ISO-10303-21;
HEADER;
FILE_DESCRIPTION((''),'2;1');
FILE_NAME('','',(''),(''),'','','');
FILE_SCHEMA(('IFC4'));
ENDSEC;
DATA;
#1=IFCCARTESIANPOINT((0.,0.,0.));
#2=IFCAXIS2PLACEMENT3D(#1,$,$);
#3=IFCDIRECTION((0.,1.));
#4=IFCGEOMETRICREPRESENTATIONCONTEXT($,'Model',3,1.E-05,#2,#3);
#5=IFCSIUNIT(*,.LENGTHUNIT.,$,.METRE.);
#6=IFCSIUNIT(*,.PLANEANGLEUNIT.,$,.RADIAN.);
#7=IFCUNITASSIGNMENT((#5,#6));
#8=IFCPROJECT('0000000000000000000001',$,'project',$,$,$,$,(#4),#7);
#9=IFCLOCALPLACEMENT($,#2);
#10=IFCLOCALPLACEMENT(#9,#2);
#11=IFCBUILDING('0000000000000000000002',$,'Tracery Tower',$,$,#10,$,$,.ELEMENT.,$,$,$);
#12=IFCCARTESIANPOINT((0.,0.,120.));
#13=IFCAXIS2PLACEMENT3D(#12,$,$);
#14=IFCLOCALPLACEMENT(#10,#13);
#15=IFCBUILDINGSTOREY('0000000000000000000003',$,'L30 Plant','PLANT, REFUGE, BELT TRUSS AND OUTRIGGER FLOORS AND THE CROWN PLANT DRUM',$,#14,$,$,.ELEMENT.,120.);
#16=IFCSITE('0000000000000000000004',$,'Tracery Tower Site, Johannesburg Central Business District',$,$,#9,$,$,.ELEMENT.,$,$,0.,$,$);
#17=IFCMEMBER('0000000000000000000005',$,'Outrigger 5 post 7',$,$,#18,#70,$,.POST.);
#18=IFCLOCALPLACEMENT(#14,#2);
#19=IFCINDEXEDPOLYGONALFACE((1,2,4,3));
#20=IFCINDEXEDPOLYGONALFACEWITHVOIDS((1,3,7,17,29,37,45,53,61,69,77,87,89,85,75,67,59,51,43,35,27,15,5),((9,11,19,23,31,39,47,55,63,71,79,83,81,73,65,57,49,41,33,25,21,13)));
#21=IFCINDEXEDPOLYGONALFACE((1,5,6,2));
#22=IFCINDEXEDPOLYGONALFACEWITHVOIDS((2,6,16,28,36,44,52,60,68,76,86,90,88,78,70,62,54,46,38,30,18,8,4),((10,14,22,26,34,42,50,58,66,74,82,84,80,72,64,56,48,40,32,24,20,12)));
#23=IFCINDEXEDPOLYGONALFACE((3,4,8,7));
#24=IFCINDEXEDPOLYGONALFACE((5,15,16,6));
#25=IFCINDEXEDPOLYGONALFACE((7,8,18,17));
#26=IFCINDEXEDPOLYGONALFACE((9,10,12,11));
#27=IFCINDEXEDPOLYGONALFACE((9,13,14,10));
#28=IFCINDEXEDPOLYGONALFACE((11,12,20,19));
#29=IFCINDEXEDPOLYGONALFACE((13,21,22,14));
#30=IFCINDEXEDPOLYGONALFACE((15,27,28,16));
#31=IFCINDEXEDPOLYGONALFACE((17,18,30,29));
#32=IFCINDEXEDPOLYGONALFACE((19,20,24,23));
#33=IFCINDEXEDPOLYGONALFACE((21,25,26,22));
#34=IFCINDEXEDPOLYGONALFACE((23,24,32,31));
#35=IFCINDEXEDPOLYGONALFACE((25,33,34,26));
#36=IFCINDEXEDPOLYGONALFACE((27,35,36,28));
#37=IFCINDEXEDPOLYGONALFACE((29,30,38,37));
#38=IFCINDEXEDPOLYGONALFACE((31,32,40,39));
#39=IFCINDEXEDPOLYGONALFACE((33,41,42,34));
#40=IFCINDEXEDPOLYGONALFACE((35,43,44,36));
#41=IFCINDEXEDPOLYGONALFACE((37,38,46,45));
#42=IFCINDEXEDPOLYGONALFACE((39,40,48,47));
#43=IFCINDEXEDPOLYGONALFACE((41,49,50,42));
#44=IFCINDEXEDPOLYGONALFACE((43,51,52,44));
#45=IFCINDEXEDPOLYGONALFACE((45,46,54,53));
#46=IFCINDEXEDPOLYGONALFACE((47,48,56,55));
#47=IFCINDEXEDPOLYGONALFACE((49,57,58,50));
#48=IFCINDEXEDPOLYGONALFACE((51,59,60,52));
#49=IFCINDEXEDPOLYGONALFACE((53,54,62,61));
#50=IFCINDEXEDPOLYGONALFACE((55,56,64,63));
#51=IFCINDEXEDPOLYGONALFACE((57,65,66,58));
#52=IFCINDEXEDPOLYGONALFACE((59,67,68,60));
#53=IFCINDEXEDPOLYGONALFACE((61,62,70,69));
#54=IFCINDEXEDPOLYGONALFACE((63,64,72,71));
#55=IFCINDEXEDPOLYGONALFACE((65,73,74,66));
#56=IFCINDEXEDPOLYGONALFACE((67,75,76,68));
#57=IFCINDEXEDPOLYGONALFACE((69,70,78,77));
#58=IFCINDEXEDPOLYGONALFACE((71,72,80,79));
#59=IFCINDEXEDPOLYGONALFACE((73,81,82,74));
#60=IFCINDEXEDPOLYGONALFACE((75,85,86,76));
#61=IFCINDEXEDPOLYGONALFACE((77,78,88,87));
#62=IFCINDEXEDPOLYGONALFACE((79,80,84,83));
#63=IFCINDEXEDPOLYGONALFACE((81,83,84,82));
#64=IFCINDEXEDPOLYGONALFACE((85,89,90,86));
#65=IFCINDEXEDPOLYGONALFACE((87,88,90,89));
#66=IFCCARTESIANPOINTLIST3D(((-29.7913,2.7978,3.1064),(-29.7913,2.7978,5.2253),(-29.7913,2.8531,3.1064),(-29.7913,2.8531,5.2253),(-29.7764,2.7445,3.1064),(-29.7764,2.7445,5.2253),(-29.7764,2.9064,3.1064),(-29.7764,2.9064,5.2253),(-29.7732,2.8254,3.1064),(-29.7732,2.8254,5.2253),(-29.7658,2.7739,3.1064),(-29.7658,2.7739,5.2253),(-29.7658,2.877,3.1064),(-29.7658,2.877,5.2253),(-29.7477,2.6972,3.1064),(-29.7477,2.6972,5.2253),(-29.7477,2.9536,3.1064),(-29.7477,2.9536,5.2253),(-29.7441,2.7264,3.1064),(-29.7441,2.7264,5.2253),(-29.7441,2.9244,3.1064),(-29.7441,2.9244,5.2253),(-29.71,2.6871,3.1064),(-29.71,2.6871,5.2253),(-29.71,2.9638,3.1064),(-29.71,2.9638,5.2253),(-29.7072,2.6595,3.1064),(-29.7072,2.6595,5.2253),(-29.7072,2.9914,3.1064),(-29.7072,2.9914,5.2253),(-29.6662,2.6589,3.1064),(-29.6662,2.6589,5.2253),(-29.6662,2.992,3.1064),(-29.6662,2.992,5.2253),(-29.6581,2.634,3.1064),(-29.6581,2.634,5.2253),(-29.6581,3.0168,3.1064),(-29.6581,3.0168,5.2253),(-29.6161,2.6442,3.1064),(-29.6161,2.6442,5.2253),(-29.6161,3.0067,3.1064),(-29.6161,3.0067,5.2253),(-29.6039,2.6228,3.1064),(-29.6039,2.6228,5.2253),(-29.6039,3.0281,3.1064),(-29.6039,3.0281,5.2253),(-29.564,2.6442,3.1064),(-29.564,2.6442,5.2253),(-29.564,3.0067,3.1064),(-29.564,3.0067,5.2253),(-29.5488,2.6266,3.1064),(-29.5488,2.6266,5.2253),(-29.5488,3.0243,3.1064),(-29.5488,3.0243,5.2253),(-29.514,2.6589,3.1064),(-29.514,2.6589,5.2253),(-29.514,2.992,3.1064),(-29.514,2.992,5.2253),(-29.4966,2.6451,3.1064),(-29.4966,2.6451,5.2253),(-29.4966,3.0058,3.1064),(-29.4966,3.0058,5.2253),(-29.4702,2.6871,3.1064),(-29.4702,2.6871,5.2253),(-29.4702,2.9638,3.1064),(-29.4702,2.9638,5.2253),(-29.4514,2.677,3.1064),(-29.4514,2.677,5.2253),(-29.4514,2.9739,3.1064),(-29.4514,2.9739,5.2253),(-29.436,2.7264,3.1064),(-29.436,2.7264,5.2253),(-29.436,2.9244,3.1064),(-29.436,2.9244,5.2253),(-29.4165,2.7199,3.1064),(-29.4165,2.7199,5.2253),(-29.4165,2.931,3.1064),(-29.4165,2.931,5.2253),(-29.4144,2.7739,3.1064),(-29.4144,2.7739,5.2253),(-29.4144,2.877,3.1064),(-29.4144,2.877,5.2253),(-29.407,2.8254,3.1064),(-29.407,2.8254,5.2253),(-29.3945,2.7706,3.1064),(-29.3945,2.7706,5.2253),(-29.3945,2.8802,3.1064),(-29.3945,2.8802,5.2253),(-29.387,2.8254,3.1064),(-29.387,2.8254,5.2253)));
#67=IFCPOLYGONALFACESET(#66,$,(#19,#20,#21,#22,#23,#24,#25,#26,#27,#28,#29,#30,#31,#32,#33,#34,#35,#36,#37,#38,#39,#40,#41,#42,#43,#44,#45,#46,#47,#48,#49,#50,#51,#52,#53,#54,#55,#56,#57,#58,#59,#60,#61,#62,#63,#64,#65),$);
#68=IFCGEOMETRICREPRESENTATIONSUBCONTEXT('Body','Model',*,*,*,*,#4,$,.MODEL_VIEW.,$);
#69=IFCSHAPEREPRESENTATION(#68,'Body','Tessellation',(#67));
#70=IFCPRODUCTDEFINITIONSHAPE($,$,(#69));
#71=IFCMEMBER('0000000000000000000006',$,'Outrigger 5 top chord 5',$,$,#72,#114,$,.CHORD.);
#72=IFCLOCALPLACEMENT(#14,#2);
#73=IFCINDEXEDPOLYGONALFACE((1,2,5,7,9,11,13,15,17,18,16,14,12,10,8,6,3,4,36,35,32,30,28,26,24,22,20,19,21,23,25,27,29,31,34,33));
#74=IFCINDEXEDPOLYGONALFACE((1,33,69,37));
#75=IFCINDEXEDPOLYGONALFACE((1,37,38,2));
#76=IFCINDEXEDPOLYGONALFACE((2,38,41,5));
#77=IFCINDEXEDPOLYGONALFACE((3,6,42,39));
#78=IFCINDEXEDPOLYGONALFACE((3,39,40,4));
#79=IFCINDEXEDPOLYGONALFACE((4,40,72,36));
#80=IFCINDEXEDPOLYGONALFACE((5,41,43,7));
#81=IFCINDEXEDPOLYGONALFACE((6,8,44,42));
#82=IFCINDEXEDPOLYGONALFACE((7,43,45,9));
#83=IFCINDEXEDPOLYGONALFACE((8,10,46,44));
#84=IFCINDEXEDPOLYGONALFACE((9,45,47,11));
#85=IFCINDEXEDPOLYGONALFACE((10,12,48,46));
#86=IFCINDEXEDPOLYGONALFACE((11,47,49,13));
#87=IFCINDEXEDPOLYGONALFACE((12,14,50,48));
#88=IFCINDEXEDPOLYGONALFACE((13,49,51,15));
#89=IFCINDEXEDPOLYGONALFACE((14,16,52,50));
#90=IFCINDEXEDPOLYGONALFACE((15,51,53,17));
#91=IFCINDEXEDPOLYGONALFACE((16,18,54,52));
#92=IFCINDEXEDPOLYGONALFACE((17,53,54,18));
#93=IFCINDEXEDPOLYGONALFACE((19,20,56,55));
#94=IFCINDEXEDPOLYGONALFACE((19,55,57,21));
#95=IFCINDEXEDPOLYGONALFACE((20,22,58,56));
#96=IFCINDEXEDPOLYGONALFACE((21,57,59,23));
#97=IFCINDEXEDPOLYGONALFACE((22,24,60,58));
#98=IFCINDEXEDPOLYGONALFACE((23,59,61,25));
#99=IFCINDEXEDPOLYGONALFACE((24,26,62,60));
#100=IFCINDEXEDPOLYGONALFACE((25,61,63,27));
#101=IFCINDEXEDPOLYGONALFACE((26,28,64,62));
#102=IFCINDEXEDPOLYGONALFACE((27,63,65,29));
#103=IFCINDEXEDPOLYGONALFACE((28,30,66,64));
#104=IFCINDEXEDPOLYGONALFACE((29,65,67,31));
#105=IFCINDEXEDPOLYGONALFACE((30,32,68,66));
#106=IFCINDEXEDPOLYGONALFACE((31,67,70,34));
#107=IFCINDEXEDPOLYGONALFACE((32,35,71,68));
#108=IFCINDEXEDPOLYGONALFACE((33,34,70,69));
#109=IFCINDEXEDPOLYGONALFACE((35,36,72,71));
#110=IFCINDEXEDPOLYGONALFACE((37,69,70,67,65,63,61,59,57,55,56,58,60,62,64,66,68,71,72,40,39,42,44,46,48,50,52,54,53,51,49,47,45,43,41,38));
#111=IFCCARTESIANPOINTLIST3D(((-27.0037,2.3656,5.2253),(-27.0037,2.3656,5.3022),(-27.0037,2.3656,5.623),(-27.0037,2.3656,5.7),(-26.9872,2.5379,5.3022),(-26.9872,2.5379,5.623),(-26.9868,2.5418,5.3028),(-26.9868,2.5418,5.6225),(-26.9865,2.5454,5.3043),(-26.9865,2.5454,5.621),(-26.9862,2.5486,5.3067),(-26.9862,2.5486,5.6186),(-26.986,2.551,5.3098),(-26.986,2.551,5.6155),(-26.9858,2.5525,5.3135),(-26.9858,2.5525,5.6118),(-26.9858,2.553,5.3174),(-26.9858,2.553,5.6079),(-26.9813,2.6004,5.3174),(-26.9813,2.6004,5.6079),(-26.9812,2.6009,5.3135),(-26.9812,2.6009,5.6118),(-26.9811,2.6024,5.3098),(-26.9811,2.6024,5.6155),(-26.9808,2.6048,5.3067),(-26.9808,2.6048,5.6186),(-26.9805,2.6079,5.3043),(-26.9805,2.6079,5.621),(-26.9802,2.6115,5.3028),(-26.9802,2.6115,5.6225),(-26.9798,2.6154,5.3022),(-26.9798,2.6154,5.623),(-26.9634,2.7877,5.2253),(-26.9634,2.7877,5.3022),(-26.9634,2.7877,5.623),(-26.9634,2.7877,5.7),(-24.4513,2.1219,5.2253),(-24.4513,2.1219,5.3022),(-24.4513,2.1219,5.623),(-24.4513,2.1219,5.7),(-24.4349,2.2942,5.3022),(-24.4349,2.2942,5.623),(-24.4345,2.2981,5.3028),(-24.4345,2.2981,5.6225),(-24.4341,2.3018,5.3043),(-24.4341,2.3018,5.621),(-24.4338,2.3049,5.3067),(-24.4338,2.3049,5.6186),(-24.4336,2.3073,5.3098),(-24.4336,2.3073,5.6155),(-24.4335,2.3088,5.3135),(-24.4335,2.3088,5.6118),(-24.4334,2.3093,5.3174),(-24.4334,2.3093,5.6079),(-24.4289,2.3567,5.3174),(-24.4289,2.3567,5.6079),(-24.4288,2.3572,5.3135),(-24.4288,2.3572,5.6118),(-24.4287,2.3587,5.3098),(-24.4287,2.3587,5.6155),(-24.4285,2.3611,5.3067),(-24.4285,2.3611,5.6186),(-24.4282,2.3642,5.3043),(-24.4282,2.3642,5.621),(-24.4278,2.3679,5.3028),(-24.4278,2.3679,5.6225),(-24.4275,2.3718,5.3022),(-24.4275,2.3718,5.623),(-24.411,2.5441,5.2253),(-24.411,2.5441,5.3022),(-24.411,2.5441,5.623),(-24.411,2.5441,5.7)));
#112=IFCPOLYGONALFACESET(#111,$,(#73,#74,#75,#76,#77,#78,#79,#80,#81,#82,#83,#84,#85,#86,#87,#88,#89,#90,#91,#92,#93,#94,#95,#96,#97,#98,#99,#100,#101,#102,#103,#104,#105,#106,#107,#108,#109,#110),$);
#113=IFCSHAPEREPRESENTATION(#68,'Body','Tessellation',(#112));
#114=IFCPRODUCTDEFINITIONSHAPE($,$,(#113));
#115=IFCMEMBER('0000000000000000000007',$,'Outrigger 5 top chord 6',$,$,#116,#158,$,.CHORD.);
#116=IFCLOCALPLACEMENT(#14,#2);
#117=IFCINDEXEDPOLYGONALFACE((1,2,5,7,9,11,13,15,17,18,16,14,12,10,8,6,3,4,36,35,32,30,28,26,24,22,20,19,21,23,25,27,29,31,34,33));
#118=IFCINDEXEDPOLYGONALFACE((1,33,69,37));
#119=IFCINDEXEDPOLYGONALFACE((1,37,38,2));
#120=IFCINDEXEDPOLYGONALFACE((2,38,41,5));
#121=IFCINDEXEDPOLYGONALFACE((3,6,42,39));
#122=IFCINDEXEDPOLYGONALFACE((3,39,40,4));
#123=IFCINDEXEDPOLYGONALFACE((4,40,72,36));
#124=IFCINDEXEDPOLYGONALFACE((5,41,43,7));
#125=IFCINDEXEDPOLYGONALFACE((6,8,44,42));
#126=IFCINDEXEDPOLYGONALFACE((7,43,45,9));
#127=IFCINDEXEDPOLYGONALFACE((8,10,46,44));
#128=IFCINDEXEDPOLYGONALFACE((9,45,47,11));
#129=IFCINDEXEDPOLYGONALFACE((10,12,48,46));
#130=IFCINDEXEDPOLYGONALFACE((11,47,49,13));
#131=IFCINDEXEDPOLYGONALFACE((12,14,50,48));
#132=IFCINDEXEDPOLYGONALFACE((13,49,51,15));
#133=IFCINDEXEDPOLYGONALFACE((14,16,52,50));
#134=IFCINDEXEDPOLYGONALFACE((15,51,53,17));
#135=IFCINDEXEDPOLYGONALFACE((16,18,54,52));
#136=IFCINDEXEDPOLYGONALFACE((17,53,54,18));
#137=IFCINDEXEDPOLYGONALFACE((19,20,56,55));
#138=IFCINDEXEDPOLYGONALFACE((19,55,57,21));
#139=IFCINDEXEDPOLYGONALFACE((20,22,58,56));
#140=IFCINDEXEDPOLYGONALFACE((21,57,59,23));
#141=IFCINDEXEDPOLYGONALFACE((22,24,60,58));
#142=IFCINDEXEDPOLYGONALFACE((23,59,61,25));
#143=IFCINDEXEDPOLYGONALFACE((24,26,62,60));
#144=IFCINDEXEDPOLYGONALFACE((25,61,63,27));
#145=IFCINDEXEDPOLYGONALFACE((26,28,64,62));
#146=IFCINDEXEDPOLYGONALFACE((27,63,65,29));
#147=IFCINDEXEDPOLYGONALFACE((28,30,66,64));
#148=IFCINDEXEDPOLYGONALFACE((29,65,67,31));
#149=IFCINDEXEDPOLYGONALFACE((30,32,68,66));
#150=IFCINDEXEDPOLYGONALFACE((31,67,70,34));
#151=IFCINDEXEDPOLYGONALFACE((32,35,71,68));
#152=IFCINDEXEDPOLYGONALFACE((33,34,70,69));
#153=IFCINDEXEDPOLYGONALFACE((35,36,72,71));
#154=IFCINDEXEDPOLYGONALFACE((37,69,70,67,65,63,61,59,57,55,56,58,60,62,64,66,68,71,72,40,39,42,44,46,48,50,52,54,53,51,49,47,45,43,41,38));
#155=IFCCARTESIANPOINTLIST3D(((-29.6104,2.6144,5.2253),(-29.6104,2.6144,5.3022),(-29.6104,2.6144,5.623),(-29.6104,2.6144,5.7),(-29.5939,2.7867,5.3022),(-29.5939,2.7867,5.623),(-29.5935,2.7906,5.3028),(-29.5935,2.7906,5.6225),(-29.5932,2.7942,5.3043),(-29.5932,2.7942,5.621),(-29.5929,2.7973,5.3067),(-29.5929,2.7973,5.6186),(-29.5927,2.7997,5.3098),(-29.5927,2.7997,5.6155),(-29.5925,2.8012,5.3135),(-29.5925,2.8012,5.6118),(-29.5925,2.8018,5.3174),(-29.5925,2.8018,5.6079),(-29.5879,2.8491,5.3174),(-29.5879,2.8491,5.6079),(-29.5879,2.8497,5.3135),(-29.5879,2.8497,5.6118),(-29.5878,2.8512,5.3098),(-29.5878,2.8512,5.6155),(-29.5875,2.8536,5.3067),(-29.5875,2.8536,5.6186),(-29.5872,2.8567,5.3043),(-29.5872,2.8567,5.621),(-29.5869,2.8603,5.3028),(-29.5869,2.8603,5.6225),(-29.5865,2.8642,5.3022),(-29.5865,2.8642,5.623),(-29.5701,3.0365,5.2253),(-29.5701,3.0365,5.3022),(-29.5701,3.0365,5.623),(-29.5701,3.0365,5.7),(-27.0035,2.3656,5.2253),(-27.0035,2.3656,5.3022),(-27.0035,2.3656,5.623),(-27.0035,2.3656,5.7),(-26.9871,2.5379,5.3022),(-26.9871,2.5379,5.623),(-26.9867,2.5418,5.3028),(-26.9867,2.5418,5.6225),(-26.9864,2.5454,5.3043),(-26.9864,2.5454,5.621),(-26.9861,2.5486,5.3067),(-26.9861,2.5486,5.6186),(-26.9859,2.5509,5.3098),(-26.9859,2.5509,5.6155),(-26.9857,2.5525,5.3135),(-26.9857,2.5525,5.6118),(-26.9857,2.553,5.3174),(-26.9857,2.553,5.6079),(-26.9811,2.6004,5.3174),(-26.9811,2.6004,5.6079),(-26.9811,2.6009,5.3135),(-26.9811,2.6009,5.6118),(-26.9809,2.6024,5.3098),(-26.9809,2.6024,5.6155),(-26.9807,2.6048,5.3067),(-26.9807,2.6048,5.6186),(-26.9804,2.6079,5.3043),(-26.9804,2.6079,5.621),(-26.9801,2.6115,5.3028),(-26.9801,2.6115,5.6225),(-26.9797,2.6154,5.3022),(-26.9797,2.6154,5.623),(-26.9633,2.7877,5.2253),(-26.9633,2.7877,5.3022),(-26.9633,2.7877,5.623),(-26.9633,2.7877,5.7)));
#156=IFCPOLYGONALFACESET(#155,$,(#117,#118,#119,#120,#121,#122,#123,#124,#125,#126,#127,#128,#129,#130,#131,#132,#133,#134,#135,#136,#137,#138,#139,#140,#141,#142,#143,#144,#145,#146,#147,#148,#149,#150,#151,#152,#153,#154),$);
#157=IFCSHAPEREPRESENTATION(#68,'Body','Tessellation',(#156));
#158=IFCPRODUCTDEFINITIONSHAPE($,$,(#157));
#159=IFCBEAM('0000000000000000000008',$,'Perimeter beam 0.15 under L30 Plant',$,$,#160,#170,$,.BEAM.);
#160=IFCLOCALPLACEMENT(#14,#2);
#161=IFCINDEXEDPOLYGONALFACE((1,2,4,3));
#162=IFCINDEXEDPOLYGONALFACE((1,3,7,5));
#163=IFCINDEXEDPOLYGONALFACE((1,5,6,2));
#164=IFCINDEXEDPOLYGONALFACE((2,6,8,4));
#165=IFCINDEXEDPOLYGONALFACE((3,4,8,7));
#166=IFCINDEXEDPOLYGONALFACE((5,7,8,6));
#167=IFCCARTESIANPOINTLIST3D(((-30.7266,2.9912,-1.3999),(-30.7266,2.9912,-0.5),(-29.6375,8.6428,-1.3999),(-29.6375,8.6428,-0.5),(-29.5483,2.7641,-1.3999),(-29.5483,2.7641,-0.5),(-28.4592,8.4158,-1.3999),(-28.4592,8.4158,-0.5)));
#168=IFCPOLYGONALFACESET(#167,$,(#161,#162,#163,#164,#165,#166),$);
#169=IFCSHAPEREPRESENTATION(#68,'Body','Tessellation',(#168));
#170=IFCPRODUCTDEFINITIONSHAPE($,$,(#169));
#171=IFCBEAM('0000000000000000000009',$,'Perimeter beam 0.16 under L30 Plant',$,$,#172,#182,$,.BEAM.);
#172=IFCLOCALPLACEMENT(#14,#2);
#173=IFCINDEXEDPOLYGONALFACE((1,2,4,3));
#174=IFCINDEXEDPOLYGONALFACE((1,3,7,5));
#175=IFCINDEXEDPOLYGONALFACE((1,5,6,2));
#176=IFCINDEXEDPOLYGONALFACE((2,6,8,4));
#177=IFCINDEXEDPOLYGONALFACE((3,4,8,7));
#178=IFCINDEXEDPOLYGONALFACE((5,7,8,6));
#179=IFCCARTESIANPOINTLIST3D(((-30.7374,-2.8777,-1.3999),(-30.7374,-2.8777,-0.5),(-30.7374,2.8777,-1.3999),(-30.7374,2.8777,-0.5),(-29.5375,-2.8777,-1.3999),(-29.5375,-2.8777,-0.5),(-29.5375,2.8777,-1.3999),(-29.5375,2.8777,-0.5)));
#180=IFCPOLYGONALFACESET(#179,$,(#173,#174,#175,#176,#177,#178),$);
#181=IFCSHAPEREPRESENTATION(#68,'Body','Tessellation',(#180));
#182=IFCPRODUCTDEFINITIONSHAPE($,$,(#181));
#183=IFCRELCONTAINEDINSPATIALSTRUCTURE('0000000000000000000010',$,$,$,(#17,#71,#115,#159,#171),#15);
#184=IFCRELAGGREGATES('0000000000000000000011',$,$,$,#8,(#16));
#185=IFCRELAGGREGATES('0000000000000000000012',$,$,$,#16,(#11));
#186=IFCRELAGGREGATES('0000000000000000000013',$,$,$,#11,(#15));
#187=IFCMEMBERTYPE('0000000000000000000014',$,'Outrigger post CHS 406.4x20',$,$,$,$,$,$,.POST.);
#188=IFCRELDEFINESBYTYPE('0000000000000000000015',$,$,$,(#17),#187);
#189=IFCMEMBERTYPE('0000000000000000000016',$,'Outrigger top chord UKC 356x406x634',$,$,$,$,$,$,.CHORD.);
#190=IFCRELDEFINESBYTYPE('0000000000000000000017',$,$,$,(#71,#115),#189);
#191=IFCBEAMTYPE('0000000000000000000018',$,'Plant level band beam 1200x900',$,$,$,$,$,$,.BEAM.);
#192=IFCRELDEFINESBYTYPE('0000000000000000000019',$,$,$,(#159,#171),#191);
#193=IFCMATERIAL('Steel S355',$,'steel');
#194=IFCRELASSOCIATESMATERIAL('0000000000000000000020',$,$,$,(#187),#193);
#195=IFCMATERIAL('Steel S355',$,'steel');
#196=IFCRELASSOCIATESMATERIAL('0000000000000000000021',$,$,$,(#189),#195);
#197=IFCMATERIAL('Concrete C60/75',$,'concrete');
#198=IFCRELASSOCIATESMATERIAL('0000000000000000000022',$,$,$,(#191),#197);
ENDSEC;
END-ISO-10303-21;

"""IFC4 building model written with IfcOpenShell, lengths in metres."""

from ifc_helpers import new_model, si_unit, direction, frame, origin, origin_2d, place, context, subcontext, project, spatial, rectangle, hollow_circle, i_section, extrude, material, material_profile, profile_set, type_object, element, save


model = new_model("IFC4")

# Units and contexts
model_context = context("Model", 3, precision=1e-05, world=origin(), true_north=direction((0.0, 1.0)))
body_context = subcontext(model_context, "Body", "Model", "MODEL_VIEW")
ifc_project = project(units=[si_unit("LENGTHUNIT", "METRE"), si_unit("PLANEANGLEUNIT", "RADIAN")], contexts=[model_context])

# Site, building, storey
site_placement = place(None, origin())
site = spatial("IfcSite", under=ifc_project, at=site_placement, Name="Tracery Tower Site, Johannesburg Central Business District", CompositionType="ELEMENT", RefElevation=0.0)
building_placement = place(site_placement, origin())
building = spatial("IfcBuilding", under=site, at=building_placement, Name="Tracery Tower", CompositionType="ELEMENT")
storey_placement = place(building_placement, frame((0.0, 0.0, 120.0)))
storey = spatial("IfcBuildingStorey", under=building, at=storey_placement, Name="L30 Plant", Description="PLANT, REFUGE, BELT TRUSS AND OUTRIGGER FLOORS AND THE CROWN PLANT DRUM", CompositionType="ELEMENT", Elevation=120.0)

# Members
ifc_material_1 = material(Name="Steel S355", Category="steel")
ifc_material_profile_1 = material_profile(ifc_material_1, hollow_circle(Radius=0.2031, WallThickness=0.02, at=origin_2d()), Name="CHS 406.4x20")
ifc_profile_set_1 = profile_set([ifc_material_profile_1], Name="Steel S355")
member_type_1 = type_object("IfcMemberType", Name="Outrigger post CHS 406.4x20", PredefinedType="POST", material=ifc_profile_set_1)
for number, where, z_axis, x_axis, name in (
    (1, (-29.5901, 2.8254, 3.1064), (0.0, 0.0, 1.0), (1.0, 0.0, 0.0), "Outrigger 5 post 7"),
):
    element("IfcMember", number, at=place(storey_placement, frame(where, z_axis=z_axis, x_axis=x_axis)), inside=storey, type_object=member_type_1, Name=name, PredefinedType="POST", context=body_context, shape_type="SweptSolid", body=[
        extrude(hollow_circle(Radius=0.2031, WallThickness=0.02, at=origin_2d()), origin(), (0.0, 0.0, 1.0), 2.1189),
    ])
ifc_material_2 = material(Name="Steel S355", Category="steel")
ifc_material_profile_2 = material_profile(ifc_material_2, i_section(OverallWidth=0.4241, OverallDepth=0.4746, WebThickness=0.0476, FlangeThickness=0.0769, FilletRadius=0.0151, at=origin_2d()), Name="UKC 356x406x634")
ifc_profile_set_2 = profile_set([ifc_material_profile_2], Name="Steel S355")
member_type_2 = type_object("IfcMemberType", Name="Outrigger top chord UKC 356x406x634", PredefinedType="CHORD", material=ifc_profile_set_2)
member_1_placement = place(storey_placement, frame((-24.4312, 2.333, 5.4626), z_axis=(-0.995474, 0.095034, 0.0), x_axis=(-0.095034, -0.995474, 0.0)))
element("IfcMember", 2, at=member_1_placement, inside=storey, type_object=member_type_2, Name="Outrigger 5 top chord 5", PredefinedType="CHORD", context=body_context, shape_type="SweptSolid", body=[
    extrude(i_section(OverallWidth=0.4241, OverallDepth=0.4746, WebThickness=0.0476, FlangeThickness=0.0769, FilletRadius=0.0151, at=origin_2d()), origin(), (0.0, 0.0, 1.0), 2.564),
])
member_2_placement = place(storey_placement, frame((-26.9834, 2.5767, 5.4626), z_axis=(-0.995477, 0.095007, 0.0), x_axis=(-0.095007, -0.995477, 0.0)))
element("IfcMember", 3, at=member_2_placement, inside=storey, type_object=member_type_2, Name="Outrigger 5 top chord 6", PredefinedType="CHORD", context=body_context, shape_type="SweptSolid", body=[
    extrude(i_section(OverallWidth=0.4241, OverallDepth=0.4746, WebThickness=0.0476, FlangeThickness=0.0769, FilletRadius=0.0151, at=origin_2d()), origin(), (0.0, 0.0, 1.0), 2.6187),
])

# Beams
ifc_material_3 = material(Name="Concrete C60/75", Category="concrete")
ifc_material_profile_3 = material_profile(ifc_material_3, rectangle(XDim=1.2, YDim=0.8999, at=origin_2d()), Name="RC 1200x900")
ifc_profile_set_3 = profile_set([ifc_material_profile_3], Name="Concrete C60/75")
beam_type = type_object("IfcBeamType", Name="Plant level band beam 1200x900", PredefinedType="BEAM", material=ifc_profile_set_3)
beam_1_placement = place(storey_placement, frame((-29.0483, 8.5293, -0.95), z_axis=(-0.189227, -0.981933, 0.0), x_axis=(0.981933, -0.189227, 0.0)))
element("IfcBeam", 4, at=beam_1_placement, inside=storey, type_object=beam_type, Name="Perimeter beam 0.15 under L30 Plant", PredefinedType="BEAM", context=body_context, shape_type="SweptSolid", body=[
    extrude(rectangle(XDim=1.2, YDim=0.8999, at=origin_2d()), origin(), (0.0, 0.0, 1.0), 5.7556),
])
beam_2_placement = place(storey_placement, frame((-30.1375, 2.8777, -0.95), z_axis=(0.0, -1.0, 0.0), x_axis=(1.0, 0.0, 0.0)))
element("IfcBeam", 5, at=beam_2_placement, inside=storey, type_object=beam_type, Name="Perimeter beam 0.16 under L30 Plant", PredefinedType="BEAM", context=body_context, shape_type="SweptSolid", body=[
    extrude(rectangle(XDim=1.2, YDim=0.8999, at=origin_2d()), origin(), (0.0, 0.0, 1.0), 5.7554),
])

save(model, "model.ifc")
